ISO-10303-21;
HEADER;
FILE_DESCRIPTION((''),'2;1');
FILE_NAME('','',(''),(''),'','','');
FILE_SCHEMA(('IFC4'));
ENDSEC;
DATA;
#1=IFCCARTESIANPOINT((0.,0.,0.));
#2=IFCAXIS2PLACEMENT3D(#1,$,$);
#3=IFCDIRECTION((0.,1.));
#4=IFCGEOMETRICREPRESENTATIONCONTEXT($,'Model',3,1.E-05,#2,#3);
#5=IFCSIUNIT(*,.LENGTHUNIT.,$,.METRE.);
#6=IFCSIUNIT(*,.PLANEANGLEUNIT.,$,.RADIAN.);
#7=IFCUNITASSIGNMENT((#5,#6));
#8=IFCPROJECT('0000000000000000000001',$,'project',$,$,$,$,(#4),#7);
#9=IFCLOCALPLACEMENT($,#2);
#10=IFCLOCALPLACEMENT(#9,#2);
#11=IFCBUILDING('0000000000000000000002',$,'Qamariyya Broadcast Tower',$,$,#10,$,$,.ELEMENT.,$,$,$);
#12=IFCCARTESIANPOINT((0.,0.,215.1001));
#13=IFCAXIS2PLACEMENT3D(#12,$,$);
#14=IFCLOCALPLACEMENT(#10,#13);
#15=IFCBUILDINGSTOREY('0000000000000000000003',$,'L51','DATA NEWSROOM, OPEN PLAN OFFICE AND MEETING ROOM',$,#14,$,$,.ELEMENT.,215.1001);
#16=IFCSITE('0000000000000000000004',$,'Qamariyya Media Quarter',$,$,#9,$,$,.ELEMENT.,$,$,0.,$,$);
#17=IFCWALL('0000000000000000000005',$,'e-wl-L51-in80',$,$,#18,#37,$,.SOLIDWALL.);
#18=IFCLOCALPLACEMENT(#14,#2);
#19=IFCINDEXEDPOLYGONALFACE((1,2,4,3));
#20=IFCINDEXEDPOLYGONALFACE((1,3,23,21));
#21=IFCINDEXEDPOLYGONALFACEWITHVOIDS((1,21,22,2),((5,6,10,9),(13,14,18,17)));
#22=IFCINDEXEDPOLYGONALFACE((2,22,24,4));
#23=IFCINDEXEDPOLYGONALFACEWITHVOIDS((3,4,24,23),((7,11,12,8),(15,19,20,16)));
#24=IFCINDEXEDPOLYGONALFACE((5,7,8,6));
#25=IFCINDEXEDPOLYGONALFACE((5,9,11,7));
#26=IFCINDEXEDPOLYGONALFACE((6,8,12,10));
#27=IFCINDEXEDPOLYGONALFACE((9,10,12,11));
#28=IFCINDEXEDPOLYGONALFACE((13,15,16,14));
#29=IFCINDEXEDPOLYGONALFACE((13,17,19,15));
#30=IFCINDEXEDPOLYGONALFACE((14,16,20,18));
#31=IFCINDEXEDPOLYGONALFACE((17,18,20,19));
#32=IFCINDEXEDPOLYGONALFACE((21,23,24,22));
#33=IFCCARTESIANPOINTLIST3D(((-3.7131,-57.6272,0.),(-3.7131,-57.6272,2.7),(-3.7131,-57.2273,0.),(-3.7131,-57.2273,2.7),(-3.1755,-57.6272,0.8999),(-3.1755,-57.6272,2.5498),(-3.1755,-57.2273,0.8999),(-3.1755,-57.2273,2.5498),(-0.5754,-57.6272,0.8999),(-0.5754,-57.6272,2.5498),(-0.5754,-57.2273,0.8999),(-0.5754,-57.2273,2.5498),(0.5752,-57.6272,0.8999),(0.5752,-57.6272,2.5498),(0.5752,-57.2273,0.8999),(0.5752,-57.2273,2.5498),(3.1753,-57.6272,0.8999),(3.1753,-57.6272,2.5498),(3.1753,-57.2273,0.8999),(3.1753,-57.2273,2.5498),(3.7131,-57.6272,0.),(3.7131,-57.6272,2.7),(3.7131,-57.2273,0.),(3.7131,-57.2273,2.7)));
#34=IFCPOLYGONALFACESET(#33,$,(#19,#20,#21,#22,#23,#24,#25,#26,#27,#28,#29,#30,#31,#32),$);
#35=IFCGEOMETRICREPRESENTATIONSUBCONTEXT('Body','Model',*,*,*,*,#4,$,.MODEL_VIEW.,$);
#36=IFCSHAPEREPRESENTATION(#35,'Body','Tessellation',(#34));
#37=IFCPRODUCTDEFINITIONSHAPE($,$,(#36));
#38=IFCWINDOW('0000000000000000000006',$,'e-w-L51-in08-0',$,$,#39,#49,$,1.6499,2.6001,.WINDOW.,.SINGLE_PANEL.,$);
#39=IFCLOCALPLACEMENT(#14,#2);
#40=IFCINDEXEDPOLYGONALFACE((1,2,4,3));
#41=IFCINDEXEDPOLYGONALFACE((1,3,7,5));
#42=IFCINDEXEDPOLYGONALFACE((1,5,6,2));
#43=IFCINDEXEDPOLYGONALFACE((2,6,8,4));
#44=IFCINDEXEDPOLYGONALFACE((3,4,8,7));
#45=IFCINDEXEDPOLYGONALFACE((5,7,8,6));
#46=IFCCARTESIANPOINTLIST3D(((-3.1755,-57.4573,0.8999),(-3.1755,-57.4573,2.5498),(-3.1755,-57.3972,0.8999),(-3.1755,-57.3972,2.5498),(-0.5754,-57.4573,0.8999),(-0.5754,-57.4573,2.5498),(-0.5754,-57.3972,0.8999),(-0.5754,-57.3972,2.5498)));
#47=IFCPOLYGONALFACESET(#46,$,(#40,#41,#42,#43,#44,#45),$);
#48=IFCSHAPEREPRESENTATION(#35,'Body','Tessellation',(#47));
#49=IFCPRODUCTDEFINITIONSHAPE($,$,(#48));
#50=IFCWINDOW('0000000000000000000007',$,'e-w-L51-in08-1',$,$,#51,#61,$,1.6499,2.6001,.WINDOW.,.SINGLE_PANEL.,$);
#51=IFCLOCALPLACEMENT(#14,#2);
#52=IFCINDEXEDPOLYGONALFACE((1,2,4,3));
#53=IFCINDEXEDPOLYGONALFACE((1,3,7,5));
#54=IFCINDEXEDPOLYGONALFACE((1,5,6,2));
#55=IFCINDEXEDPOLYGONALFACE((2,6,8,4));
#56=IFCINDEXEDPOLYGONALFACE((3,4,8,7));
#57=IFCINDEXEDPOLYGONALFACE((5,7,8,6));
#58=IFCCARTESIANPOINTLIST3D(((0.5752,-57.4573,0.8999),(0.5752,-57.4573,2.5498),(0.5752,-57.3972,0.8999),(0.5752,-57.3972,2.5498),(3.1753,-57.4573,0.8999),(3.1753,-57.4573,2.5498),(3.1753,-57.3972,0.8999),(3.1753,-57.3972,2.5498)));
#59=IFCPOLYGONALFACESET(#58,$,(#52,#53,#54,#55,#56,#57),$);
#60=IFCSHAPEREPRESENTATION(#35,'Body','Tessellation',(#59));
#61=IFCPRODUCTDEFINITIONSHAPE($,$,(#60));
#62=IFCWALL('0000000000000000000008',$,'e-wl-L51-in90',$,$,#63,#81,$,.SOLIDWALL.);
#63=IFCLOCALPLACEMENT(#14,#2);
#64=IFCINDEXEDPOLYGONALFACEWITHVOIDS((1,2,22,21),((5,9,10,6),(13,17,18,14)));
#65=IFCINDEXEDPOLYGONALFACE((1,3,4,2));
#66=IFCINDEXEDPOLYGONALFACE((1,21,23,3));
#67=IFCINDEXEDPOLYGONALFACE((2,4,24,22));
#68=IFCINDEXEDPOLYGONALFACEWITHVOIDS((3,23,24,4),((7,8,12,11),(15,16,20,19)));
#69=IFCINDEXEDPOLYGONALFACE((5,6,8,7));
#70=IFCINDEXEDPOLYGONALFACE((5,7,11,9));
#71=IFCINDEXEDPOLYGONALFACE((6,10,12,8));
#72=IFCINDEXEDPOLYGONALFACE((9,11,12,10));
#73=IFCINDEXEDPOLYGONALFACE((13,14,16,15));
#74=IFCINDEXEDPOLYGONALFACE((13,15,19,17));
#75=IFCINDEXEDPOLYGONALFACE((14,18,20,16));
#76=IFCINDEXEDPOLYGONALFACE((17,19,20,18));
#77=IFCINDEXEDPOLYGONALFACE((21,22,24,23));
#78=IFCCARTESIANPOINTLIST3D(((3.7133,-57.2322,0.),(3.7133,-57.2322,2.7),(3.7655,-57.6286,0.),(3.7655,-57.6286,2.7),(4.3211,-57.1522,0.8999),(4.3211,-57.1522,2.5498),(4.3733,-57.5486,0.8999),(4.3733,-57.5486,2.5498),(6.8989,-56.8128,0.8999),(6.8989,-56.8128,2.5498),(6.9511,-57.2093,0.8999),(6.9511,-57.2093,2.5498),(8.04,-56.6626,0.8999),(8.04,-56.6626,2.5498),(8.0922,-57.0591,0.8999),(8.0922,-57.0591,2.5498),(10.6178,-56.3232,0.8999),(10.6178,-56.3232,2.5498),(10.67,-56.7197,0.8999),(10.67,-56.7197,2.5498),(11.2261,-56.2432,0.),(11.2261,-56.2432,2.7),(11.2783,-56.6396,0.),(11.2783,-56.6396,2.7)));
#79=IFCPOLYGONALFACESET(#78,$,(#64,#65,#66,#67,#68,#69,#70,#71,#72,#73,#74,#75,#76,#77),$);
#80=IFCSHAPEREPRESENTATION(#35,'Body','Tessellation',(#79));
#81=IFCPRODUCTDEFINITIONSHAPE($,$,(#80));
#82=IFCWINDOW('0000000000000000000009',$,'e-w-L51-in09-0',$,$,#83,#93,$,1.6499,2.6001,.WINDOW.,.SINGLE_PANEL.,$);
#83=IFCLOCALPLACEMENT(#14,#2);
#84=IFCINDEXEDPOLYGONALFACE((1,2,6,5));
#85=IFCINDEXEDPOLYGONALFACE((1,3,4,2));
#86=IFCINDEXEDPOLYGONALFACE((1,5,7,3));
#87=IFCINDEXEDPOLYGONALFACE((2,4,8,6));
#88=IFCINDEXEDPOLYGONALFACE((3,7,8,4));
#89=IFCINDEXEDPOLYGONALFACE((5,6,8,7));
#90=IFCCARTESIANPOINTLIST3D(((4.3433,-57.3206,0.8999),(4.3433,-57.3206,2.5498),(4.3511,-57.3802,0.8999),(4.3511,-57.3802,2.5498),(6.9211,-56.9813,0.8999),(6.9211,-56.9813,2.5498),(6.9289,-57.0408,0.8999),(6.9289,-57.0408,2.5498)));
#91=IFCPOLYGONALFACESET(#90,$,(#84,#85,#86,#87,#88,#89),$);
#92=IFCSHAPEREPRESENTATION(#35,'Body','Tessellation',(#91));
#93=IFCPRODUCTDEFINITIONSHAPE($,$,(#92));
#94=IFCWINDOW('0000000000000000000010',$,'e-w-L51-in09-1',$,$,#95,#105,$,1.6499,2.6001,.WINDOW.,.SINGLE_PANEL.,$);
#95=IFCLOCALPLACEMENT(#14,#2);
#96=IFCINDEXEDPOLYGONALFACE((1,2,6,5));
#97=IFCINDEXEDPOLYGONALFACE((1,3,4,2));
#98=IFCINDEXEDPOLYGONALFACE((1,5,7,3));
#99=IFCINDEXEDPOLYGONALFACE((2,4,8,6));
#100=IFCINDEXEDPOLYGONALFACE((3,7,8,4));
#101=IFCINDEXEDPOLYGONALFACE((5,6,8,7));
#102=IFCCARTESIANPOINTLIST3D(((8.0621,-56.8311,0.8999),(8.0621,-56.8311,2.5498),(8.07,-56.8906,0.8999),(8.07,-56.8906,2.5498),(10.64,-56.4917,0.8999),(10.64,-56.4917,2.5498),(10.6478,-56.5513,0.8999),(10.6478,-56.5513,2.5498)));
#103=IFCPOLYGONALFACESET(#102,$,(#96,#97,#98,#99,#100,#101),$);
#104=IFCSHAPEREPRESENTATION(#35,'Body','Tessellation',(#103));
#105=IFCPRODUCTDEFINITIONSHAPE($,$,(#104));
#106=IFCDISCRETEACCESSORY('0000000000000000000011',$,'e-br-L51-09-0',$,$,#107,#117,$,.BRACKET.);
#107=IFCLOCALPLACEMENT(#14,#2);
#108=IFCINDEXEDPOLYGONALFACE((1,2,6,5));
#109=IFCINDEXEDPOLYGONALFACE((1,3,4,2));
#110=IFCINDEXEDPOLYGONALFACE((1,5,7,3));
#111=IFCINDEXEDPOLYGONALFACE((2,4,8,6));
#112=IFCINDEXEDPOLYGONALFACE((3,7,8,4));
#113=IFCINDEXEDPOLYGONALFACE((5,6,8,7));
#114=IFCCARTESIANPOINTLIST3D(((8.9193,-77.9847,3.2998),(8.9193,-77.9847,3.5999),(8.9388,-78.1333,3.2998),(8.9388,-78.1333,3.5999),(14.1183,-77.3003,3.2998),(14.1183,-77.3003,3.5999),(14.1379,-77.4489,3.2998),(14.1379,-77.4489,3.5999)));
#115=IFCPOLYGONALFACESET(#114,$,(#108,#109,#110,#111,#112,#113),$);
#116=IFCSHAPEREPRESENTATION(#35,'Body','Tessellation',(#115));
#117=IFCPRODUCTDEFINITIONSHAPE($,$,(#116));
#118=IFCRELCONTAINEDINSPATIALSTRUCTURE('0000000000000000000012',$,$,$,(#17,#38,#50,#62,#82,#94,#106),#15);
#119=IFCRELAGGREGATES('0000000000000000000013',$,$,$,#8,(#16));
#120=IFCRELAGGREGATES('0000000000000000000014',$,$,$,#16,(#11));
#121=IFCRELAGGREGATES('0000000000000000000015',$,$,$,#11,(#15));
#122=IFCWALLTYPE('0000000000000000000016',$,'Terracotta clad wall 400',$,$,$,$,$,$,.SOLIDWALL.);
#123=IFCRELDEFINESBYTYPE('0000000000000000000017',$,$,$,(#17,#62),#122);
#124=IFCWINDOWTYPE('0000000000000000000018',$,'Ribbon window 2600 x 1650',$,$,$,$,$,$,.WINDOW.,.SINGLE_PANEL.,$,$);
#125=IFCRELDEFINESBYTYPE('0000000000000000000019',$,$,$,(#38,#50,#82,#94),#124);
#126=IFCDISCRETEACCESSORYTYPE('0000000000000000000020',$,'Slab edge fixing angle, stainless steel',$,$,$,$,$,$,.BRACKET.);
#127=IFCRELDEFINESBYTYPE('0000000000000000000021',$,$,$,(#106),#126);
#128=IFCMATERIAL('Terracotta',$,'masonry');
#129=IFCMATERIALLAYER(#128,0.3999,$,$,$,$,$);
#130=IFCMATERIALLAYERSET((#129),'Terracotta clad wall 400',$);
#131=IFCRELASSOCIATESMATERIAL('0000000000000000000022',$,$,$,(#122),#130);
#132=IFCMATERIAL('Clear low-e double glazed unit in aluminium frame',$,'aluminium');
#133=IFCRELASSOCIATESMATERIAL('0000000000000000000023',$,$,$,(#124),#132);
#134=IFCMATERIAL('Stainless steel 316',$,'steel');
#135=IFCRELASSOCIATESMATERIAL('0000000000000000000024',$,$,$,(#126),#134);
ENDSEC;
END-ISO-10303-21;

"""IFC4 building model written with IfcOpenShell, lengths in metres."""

from ifc_helpers import new_model, si_unit, direction, frame, frame_2d, origin, origin_2d, place, context, subcontext, project, spatial, rectangle, extrude, material, layer, layer_set, type_object, element, fill, save


model = new_model("IFC4")

# Units and contexts
model_context = context("Model", 3, precision=1e-05, world=origin(), true_north=direction((0.0, 1.0)))
body_context = subcontext(model_context, "Body", "Model", "MODEL_VIEW")
ifc_project = project(units=[si_unit("LENGTHUNIT", "METRE"), si_unit("PLANEANGLEUNIT", "RADIAN")], contexts=[model_context])

# Site, building, storey
site_placement = place(None, origin())
site = spatial("IfcSite", under=ifc_project, at=site_placement, Name="Qamariyya Media Quarter", CompositionType="ELEMENT", RefElevation=0.0)
building_placement = place(site_placement, origin())
building = spatial("IfcBuilding", under=site, at=building_placement, Name="Qamariyya Broadcast Tower", CompositionType="ELEMENT")
storey_placement = place(building_placement, frame((0.0, 0.0, 215.1001)))
storey = spatial("IfcBuildingStorey", under=building, at=storey_placement, Name="L51", Description="DATA NEWSROOM, OPEN PLAN OFFICE AND MEETING ROOM", CompositionType="ELEMENT", Elevation=215.1001)

# Walls, openings, windows
ifc_material_1 = material(Name="Terracotta", Category="masonry")
ifc_layer_1 = layer(ifc_material_1, 0.3999)
ifc_layer_set_1 = layer_set([ifc_layer_1], Name="Terracotta clad wall 400")
wall_type_1 = type_object("IfcWallType", Name="Terracotta clad wall 400", PredefinedType="SOLIDWALL", material=ifc_layer_set_1)
wall_1_placement = place(storey_placement, frame((3.7131, -57.4272, 0.0), z_axis=(0.0, 0.0, 1.0), x_axis=(-1.0, 0.0, 0.0)))
wall_1 = element("IfcWall", 1, at=wall_1_placement, inside=storey, type_object=wall_type_1, Name="e-wl-L51-in80", PredefinedType="SOLIDWALL", context=body_context, shape_type="SweptSolid", body=[
    extrude(rectangle(XDim=7.4263, YDim=0.3999, at=frame_2d((3.7131, 0.0))), origin(), (0.0, 0.0, 1.0), 2.7),
])
opening_1_placement = place(wall_1_placement, frame((4.2886, 0.0, 0.8999)))
opening_1 = element("IfcOpeningElement", 2, at=opening_1_placement, cuts=wall_1, PredefinedType="OPENING", context=body_context, shape_type="SweptSolid", body=[
    extrude(rectangle(XDim=2.6001, YDim=1.6499, at=frame_2d((1.3, 0.825))), frame((0.0, 0.21, 0.0), z_axis=(0.0, -1.0, 0.0), x_axis=(1.0, 0.0, 0.0)), (0.0, 0.0, 1.0), 0.4199),
])
opening_2_placement = place(wall_1_placement, frame((0.5378, 0.0, 0.8999)))
opening_2 = element("IfcOpeningElement", 3, at=opening_2_placement, cuts=wall_1, PredefinedType="OPENING", context=body_context, shape_type="SweptSolid", body=[
    extrude(rectangle(XDim=2.6001, YDim=1.6499, at=frame_2d((1.3, 0.825))), frame((0.0, 0.21, 0.0), z_axis=(0.0, -1.0, 0.0), x_axis=(1.0, 0.0, 0.0)), (0.0, 0.0, 1.0), 0.4199),
])
ifc_material_2 = material(Name="Clear low-e double glazed unit in aluminium frame", Category="aluminium")
window_type = type_object("IfcWindowType", Name="Ribbon window 2600 x 1650", PartitioningType="SINGLE_PANEL", PredefinedType="WINDOW", material=ifc_material_2)
window_1_placement = place(opening_1_placement, origin())
window_1 = element("IfcWindow", 4, at=window_1_placement, inside=storey, type_object=window_type, Name="e-w-L51-in08-0", OverallHeight=1.6499, OverallWidth=2.6001, PartitioningType="SINGLE_PANEL", PredefinedType="WINDOW", context=body_context, shape_type="SweptSolid", body=[
    extrude(rectangle(XDim=2.6001, YDim=1.6499, at=frame_2d((1.3, 0.825))), frame((0.0, 0.03, 0.0), z_axis=(0.0, -1.0, 0.0), x_axis=(1.0, 0.0, 0.0)), (0.0, 0.0, 1.0), 0.0601),
])
fill(opening_1, window_1)
window_2_placement = place(opening_2_placement, origin())
window_2 = element("IfcWindow", 5, at=window_2_placement, inside=storey, type_object=window_type, Name="e-w-L51-in08-1", OverallHeight=1.6499, OverallWidth=2.6001, PartitioningType="SINGLE_PANEL", PredefinedType="WINDOW", context=body_context, shape_type="SweptSolid", body=[
    extrude(rectangle(XDim=2.6001, YDim=1.6499, at=frame_2d((1.3, 0.825))), frame((0.0, 0.03, 0.0), z_axis=(0.0, -1.0, 0.0), x_axis=(1.0, 0.0, 0.0)), (0.0, 0.0, 1.0), 0.0601),
])
fill(opening_2, window_2)
wall_2_placement = place(storey_placement, frame((11.2522, -56.4414, 0.0), z_axis=(0.0, 0.0, 1.0), x_axis=(-0.991446, -0.130515, 0.0)))
wall_2 = element("IfcWall", 6, at=wall_2_placement, inside=storey, type_object=wall_type_1, Name="e-wl-L51-in90", PredefinedType="SOLIDWALL", context=body_context, shape_type="SweptSolid", body=[
    extrude(rectangle(XDim=7.5776, YDim=0.3999, at=frame_2d((3.7888, 0.0))), origin(), (0.0, 0.0, 1.0), 2.7),
])
opening_3_placement = place(wall_2_placement, frame((4.3645, 0.0, 0.8999)))
opening_3 = element("IfcOpeningElement", 7, at=opening_3_placement, cuts=wall_2, PredefinedType="OPENING", context=body_context, shape_type="SweptSolid", body=[
    extrude(rectangle(XDim=2.6001, YDim=1.6499, at=frame_2d((1.3, 0.825))), frame((0.0, 0.21, 0.0), z_axis=(0.0, -1.0, 0.0), x_axis=(1.0, 0.0, 0.0)), (0.0, 0.0, 1.0), 0.4199),
])
opening_4_placement = place(wall_2_placement, frame((0.6135, 0.0, 0.8999)))
opening_4 = element("IfcOpeningElement", 8, at=opening_4_placement, cuts=wall_2, PredefinedType="OPENING", context=body_context, shape_type="SweptSolid", body=[
    extrude(rectangle(XDim=2.6001, YDim=1.6499, at=frame_2d((1.3, 0.825))), frame((0.0, 0.21, 0.0), z_axis=(0.0, -1.0, 0.0), x_axis=(1.0, 0.0, 0.0)), (0.0, 0.0, 1.0), 0.4199),
])
window_3_placement = place(opening_3_placement, origin())
window_3 = element("IfcWindow", 9, at=window_3_placement, inside=storey, type_object=window_type, Name="e-w-L51-in09-0", OverallHeight=1.6499, OverallWidth=2.6001, PartitioningType="SINGLE_PANEL", PredefinedType="WINDOW", context=body_context, shape_type="SweptSolid", body=[
    extrude(rectangle(XDim=2.6001, YDim=1.6499, at=frame_2d((1.3, 0.825))), frame((0.0, 0.03, 0.0), z_axis=(0.0, -1.0, 0.0), x_axis=(1.0, 0.0, 0.0)), (0.0, 0.0, 1.0), 0.0601),
])
fill(opening_3, window_3)
window_4_placement = place(opening_4_placement, origin())
window_4 = element("IfcWindow", 10, at=window_4_placement, inside=storey, type_object=window_type, Name="e-w-L51-in09-1", OverallHeight=1.6499, OverallWidth=2.6001, PartitioningType="SINGLE_PANEL", PredefinedType="WINDOW", context=body_context, shape_type="SweptSolid", body=[
    extrude(rectangle(XDim=2.6001, YDim=1.6499, at=frame_2d((1.3, 0.825))), frame((0.0, 0.03, 0.0), z_axis=(0.0, -1.0, 0.0), x_axis=(1.0, 0.0, 0.0)), (0.0, 0.0, 1.0), 0.0601),
])
fill(opening_4, window_4)

# Discrete accessory
ifc_material_3 = material(Name="Stainless steel 316", Category="steel")
discrete_accessory_type = type_object("IfcDiscreteAccessoryType", Name="Slab edge fixing angle, stainless steel", PredefinedType="BRACKET", material=ifc_material_3)
discrete_accessory_placement = place(storey_placement, frame((11.5286, -77.7168, 3.2998), z_axis=(0.0, 0.0, 1.0), x_axis=(0.991445, 0.130526, 0.0)))
element("IfcDiscreteAccessory", 11, at=discrete_accessory_placement, inside=storey, type_object=discrete_accessory_type, Name="e-br-L51-09-0", PredefinedType="BRACKET", context=body_context, shape_type="SweptSolid", body=[
    extrude(rectangle(XDim=5.2439, YDim=0.1499, at=origin_2d()), origin(), (0.0, 0.0, 1.0), 0.3),
])

save(model, "model.ifc")
